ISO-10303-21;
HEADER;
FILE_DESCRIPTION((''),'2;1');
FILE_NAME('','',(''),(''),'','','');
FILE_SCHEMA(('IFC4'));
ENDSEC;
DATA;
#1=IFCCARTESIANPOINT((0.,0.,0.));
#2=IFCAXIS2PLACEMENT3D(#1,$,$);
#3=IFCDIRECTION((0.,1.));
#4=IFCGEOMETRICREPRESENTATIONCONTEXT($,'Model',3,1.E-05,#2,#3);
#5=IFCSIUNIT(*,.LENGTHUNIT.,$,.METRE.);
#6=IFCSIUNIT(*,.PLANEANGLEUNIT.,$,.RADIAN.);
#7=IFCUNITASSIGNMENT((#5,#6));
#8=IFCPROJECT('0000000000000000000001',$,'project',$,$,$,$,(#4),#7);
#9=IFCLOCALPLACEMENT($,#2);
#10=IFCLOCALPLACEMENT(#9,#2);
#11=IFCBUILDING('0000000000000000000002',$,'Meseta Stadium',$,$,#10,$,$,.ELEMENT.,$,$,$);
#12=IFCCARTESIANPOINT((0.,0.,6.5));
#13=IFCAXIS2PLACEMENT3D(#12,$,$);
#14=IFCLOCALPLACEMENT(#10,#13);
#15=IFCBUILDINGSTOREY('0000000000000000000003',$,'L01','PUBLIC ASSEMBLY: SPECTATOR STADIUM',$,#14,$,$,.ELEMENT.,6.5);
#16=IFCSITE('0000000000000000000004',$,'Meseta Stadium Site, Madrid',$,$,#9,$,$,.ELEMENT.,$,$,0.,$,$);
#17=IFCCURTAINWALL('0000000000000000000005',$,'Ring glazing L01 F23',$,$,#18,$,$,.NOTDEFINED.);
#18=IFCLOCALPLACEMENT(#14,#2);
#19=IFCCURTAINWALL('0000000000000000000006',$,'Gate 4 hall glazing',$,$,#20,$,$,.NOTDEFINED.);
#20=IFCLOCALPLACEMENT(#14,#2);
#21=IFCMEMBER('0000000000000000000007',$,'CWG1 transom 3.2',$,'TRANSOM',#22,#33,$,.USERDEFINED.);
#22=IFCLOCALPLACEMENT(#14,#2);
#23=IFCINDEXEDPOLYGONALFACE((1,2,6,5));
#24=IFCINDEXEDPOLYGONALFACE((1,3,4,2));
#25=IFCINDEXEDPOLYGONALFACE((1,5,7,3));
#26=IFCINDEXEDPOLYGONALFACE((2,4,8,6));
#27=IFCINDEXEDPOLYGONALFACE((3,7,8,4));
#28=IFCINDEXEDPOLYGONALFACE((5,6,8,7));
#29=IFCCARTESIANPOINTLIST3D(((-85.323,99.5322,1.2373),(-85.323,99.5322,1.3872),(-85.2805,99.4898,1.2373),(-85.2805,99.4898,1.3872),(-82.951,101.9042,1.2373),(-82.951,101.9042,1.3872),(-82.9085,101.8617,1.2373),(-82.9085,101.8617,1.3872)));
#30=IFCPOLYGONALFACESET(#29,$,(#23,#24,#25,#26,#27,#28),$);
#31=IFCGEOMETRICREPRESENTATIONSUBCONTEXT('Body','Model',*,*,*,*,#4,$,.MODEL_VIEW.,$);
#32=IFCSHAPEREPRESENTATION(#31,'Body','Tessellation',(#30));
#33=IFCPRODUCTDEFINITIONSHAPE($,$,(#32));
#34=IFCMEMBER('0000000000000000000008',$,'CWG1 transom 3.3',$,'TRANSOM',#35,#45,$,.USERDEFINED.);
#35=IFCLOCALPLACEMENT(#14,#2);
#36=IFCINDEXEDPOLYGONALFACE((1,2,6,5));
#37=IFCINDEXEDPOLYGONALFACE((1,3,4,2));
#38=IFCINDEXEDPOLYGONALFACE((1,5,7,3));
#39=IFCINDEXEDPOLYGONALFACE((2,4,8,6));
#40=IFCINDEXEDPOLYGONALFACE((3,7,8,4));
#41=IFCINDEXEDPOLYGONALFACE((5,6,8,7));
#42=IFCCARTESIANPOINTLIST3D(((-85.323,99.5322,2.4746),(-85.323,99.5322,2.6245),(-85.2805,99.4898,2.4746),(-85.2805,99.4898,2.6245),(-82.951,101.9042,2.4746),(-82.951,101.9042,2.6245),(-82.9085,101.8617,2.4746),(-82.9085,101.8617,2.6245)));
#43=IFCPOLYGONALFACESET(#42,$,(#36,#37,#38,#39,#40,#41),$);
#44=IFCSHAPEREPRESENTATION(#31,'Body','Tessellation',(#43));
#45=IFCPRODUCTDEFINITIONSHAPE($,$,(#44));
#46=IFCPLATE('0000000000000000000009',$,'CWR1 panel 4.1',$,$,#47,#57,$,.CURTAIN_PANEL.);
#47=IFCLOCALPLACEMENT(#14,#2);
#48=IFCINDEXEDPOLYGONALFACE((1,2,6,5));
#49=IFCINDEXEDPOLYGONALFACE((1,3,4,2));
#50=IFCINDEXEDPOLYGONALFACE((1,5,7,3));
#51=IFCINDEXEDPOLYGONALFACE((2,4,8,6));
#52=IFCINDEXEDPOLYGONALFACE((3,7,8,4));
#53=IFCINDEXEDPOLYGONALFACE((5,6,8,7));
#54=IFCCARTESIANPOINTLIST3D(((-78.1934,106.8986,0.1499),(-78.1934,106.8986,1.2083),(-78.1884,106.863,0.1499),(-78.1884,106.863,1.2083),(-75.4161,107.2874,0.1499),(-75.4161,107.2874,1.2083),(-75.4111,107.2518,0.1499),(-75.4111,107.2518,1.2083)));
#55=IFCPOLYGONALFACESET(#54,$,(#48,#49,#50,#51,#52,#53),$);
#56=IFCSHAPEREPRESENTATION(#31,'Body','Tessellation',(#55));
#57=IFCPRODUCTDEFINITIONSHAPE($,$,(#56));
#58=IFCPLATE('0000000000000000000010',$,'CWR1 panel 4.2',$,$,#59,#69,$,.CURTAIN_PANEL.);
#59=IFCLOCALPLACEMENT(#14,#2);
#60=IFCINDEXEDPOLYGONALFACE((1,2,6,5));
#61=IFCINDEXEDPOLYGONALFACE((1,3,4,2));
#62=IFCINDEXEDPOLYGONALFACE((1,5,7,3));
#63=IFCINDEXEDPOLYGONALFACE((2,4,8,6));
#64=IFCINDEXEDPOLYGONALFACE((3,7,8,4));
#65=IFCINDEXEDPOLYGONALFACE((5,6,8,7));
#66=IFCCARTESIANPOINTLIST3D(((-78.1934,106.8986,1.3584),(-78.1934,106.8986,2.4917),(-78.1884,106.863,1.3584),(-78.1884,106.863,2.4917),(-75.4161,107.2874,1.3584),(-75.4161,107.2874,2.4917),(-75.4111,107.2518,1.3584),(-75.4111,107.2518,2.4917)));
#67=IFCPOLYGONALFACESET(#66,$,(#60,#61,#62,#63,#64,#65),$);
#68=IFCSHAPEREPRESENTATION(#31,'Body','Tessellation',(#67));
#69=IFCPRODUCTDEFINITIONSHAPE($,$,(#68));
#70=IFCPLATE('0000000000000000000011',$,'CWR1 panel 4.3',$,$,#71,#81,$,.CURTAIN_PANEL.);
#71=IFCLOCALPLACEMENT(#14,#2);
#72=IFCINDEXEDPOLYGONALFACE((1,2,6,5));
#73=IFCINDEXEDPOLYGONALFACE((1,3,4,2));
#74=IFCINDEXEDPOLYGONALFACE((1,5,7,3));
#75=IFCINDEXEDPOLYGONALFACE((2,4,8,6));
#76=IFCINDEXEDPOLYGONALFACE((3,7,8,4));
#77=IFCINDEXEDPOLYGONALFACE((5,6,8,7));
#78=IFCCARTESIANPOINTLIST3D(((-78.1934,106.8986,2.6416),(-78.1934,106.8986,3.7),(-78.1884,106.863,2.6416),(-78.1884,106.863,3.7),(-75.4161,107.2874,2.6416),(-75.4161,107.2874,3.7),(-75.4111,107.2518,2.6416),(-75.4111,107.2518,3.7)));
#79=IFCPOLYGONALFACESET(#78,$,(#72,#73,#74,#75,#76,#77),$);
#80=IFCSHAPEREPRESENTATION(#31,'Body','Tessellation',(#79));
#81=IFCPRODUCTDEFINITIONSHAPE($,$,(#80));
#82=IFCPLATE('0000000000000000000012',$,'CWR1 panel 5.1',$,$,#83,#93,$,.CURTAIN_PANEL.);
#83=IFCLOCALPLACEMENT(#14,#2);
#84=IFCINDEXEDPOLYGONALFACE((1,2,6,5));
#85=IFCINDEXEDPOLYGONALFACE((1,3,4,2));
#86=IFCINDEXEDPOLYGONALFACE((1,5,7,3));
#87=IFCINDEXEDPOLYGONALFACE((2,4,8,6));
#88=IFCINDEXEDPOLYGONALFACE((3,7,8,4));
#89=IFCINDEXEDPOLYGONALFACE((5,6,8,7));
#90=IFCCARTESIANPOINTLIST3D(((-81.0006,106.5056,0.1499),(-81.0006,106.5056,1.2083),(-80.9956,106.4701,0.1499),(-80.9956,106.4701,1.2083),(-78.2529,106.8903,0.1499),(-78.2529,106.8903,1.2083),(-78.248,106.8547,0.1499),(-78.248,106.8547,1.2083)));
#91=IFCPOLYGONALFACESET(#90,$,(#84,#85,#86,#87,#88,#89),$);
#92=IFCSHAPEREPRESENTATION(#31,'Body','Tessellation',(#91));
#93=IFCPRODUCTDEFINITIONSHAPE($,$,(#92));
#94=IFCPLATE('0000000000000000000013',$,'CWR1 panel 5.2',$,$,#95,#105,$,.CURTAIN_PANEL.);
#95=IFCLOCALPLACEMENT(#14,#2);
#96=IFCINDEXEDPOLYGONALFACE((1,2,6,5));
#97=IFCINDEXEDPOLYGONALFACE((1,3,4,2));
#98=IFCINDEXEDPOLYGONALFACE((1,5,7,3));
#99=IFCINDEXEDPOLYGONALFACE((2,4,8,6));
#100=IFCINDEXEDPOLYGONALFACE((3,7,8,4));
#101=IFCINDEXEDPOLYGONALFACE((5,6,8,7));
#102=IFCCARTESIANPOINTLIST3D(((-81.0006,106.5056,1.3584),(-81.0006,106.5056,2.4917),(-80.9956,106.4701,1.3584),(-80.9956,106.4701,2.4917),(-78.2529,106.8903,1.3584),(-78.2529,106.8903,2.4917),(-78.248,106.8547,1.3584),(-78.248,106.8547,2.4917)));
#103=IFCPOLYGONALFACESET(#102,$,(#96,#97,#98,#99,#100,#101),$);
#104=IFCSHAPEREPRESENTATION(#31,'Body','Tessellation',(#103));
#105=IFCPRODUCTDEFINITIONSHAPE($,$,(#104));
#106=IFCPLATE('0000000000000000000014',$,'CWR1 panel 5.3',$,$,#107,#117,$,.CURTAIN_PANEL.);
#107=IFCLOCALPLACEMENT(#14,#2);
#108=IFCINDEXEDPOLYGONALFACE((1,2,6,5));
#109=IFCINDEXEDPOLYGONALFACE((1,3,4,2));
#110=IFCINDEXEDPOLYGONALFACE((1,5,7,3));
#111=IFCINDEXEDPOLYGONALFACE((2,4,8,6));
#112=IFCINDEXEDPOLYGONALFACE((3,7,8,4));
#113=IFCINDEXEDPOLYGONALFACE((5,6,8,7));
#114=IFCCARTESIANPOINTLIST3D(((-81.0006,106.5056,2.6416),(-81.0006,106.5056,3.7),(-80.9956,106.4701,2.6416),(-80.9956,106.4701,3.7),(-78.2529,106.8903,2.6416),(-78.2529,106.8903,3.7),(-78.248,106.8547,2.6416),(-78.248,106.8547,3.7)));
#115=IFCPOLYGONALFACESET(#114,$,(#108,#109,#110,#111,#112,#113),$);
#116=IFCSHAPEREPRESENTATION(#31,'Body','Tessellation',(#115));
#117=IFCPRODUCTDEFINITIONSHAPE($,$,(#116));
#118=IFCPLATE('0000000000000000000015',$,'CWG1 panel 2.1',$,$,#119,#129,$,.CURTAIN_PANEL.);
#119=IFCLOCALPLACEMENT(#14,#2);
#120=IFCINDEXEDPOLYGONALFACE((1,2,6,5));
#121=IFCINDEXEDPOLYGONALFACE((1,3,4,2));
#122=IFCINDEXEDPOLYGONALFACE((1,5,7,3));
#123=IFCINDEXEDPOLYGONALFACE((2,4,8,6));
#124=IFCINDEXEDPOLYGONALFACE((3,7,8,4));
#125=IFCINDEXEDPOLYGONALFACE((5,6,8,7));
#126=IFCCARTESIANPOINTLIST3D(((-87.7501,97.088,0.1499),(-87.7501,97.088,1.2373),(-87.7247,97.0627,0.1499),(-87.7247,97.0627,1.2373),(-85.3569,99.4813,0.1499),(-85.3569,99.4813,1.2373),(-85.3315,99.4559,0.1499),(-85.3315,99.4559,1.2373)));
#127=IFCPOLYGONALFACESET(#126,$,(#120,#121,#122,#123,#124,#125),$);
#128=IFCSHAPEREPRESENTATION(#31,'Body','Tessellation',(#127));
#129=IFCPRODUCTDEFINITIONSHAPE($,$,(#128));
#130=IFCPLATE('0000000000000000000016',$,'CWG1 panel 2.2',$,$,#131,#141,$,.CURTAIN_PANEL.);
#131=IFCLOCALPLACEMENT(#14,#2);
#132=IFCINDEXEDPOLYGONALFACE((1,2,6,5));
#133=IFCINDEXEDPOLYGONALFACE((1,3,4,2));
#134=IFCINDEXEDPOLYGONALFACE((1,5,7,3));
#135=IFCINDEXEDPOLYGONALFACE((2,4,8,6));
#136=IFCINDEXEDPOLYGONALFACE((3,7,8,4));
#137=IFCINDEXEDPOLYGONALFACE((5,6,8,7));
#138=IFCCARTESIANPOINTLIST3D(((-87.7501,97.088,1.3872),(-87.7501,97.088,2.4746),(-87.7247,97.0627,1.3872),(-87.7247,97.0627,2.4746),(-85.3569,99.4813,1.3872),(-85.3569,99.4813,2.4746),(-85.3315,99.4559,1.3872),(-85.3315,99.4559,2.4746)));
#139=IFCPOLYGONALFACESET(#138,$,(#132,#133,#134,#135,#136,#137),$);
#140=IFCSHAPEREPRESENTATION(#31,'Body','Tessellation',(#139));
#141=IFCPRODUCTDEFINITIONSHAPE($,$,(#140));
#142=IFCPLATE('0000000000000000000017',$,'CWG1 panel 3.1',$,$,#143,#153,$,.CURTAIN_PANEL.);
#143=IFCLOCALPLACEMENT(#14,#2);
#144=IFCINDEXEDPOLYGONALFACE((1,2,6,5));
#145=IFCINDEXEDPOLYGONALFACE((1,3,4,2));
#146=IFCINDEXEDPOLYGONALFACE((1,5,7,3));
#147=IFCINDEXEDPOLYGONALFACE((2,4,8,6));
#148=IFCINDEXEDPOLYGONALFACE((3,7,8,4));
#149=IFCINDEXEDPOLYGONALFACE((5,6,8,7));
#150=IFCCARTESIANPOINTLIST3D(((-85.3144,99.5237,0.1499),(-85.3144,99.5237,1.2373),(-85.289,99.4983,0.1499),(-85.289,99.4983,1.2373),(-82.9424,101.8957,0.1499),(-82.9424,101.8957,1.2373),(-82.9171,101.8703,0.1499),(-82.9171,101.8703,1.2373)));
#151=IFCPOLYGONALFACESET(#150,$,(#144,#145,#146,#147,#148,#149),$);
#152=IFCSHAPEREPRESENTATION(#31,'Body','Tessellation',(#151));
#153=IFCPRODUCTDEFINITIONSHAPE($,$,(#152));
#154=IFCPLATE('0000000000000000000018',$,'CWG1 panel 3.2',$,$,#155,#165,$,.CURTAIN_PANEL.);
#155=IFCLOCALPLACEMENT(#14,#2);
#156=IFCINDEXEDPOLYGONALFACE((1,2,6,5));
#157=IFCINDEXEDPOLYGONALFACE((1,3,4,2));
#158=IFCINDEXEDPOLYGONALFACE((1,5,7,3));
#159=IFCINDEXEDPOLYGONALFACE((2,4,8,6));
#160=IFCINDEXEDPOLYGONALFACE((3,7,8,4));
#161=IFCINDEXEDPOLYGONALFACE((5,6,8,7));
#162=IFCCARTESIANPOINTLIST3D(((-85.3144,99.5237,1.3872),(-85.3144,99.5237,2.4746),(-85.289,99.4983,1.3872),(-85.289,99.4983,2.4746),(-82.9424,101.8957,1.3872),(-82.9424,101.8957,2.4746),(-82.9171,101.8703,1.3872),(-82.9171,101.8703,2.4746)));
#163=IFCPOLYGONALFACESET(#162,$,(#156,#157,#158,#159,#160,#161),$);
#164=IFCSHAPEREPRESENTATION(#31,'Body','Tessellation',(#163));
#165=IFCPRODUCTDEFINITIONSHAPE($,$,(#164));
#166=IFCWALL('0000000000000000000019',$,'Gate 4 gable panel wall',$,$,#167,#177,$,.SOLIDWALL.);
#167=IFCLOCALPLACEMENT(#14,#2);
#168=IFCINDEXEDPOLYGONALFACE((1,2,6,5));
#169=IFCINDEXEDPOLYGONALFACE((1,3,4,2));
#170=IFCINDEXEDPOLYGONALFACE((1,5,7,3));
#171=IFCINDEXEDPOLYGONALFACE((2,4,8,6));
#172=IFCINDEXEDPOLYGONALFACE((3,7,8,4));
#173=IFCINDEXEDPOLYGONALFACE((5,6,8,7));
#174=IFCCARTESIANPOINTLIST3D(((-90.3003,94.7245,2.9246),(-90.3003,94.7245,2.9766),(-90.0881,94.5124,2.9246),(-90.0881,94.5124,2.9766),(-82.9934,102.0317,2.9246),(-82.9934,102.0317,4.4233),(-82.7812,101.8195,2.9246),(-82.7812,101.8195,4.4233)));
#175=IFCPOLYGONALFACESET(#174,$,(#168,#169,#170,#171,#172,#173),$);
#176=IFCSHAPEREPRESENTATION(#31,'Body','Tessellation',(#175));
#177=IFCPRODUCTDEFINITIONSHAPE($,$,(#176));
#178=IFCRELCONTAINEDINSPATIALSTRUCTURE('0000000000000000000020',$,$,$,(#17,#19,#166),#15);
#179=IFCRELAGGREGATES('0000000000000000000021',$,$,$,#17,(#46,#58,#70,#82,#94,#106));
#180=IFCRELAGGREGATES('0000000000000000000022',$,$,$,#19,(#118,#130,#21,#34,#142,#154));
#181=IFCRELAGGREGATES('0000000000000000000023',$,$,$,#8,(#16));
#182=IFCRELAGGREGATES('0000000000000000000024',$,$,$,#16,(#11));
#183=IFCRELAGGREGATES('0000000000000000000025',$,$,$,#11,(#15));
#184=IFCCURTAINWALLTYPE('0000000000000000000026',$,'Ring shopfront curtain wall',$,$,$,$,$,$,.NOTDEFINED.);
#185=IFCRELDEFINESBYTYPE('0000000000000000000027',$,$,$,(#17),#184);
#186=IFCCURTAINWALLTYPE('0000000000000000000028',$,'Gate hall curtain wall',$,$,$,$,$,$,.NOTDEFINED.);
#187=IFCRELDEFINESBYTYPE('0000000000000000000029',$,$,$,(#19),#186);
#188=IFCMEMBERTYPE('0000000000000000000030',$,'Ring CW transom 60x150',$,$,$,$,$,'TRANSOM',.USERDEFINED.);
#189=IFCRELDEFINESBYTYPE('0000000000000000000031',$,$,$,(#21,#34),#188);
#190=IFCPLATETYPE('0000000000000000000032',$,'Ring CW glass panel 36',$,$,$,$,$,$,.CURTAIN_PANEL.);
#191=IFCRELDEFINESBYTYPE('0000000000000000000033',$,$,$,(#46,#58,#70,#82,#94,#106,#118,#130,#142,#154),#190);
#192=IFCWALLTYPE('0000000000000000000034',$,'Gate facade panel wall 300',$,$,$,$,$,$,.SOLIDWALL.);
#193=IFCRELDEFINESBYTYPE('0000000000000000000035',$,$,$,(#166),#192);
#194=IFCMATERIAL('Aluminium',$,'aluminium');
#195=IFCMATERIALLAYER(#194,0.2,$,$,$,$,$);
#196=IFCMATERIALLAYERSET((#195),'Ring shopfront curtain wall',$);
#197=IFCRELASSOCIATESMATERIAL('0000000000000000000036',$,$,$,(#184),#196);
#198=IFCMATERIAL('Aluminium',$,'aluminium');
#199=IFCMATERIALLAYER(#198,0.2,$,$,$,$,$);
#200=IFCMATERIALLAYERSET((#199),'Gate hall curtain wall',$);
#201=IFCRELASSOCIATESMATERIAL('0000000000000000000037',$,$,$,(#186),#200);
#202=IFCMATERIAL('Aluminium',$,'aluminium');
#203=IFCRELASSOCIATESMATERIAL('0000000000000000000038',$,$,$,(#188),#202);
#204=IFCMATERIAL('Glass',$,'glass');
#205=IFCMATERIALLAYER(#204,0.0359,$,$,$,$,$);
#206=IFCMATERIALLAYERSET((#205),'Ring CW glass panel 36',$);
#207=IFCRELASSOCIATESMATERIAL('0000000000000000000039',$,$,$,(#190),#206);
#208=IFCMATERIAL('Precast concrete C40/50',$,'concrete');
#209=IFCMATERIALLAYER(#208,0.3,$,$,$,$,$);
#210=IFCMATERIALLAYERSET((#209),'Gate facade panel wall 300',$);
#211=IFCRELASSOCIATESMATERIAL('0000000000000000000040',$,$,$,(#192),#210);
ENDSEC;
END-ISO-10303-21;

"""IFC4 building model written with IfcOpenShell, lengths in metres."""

from ifc_helpers import new_model, si_unit, direction, frame, origin, origin_2d, place, context, subcontext, project, spatial, polyline, rectangle, outline, extrude, material, layer, layer_set, material_profile, profile_set, type_object, element, aggregate, save


model = new_model("IFC4")

# Units and contexts
model_context = context("Model", 3, precision=1e-05, world=origin(), true_north=direction((0.0, 1.0)))
body_context = subcontext(model_context, "Body", "Model", "MODEL_VIEW")
ifc_project = project(units=[si_unit("LENGTHUNIT", "METRE"), si_unit("PLANEANGLEUNIT", "RADIAN")], contexts=[model_context])

# Site, building, storey
site_placement = place(None, origin())
site = spatial("IfcSite", under=ifc_project, at=site_placement, Name="Meseta Stadium Site, Madrid", CompositionType="ELEMENT", RefElevation=0.0)
building_placement = place(site_placement, origin())
building = spatial("IfcBuilding", under=site, at=building_placement, Name="Meseta Stadium", CompositionType="ELEMENT")
storey_placement = place(building_placement, frame((0.0, 0.0, 6.5)))
storey = spatial("IfcBuildingStorey", under=building, at=storey_placement, Name="L01", Description="PUBLIC ASSEMBLY: SPECTATOR STADIUM", CompositionType="ELEMENT", Elevation=6.5)

# Curtain walls
ifc_material_1 = material(Name="Aluminium", Category="aluminium")
ifc_layer_1 = layer(ifc_material_1, 0.2)
ifc_layer_set_1 = layer_set([ifc_layer_1], Name="Ring shopfront curtain wall")
curtain_wall_type_1 = type_object("IfcCurtainWallType", Name="Ring shopfront curtain wall", PredefinedType="NOTDEFINED", material=ifc_layer_set_1)
curtain_wall_1_placement = place(storey_placement, origin())
curtain_wall_1 = element("IfcCurtainWall", 1, at=curtain_wall_1_placement, inside=storey, type_object=curtain_wall_type_1, Name="Ring glazing L01 F23", PredefinedType="NOTDEFINED")
ifc_material_2 = material(Name="Aluminium", Category="aluminium")
ifc_layer_2 = layer(ifc_material_2, 0.2)
ifc_layer_set_2 = layer_set([ifc_layer_2], Name="Gate hall curtain wall")
curtain_wall_type_2 = type_object("IfcCurtainWallType", Name="Gate hall curtain wall", PredefinedType="NOTDEFINED", material=ifc_layer_set_2)
curtain_wall_2_placement = place(storey_placement, origin())
curtain_wall_2 = element("IfcCurtainWall", 2, at=curtain_wall_2_placement, inside=storey, type_object=curtain_wall_type_2, Name="Gate 4 hall glazing", PredefinedType="NOTDEFINED")

# Members
ifc_material_3 = material(Name="Aluminium", Category="aluminium")
ifc_material_profile_1 = material_profile(ifc_material_3, rectangle(XDim=0.0601, YDim=0.1499, at=origin_2d()), Name="CW 60x150")
ifc_profile_set_1 = profile_set([ifc_material_profile_1], Name="Aluminium")
member_type_1 = type_object("IfcMemberType", Name="Ring CW transom 60x150", ElementType="TRANSOM", PredefinedType="USERDEFINED", material=ifc_profile_set_1)
member_1_placement = place(storey_placement, frame((-85.3018, 99.511, 1.3123), z_axis=(0.707107, 0.707107, 0.0), x_axis=(-0.707107, 0.707107, 0.0)))
member_1 = element("IfcMember", 3, at=member_1_placement, type_object=member_type_1, Name="CWG1 transom 3.2", ObjectType="TRANSOM", PredefinedType="USERDEFINED", context=body_context, shape_type="SweptSolid", body=[
    extrude(rectangle(XDim=0.0601, YDim=0.1499, at=origin_2d()), origin(), (0.0, 0.0, 1.0), 3.3545),
])
member_2_placement = place(storey_placement, frame((-85.3018, 99.511, 2.5496), z_axis=(0.707107, 0.707107, 0.0), x_axis=(-0.707107, 0.707107, 0.0)))
member_2 = element("IfcMember", 4, at=member_2_placement, type_object=member_type_1, Name="CWG1 transom 3.3", ObjectType="TRANSOM", PredefinedType="USERDEFINED", context=body_context, shape_type="SweptSolid", body=[
    extrude(rectangle(XDim=0.0601, YDim=0.1499, at=origin_2d()), origin(), (0.0, 0.0, 1.0), 3.3545),
])

# Plates
ifc_material_4 = material(Name="Glass", Category="glass")
ifc_layer_3 = layer(ifc_material_4, 0.0359)
ifc_layer_set_3 = layer_set([ifc_layer_3], Name="Ring CW glass panel 36")
plate_type = type_object("IfcPlateType", Name="Ring CW glass panel 36", PredefinedType="CURTAIN_PANEL", material=ifc_layer_set_3)
plate_1_placement = place(storey_placement, frame((-76.8022, 107.0752, 0.1499), z_axis=(0.0, 0.0, 1.0), x_axis=(-0.990342, -0.138643, 0.0)))
plate_1 = element("IfcPlate", 5, at=plate_1_placement, type_object=plate_type, Name="CWR1 panel 4.1", PredefinedType="CURTAIN_PANEL", context=body_context, shape_type="SweptSolid", body=[
    extrude(rectangle(XDim=2.8044, YDim=0.0359, at=origin_2d()), origin(), (0.0, 0.0, 1.0), 1.0583),
])
plate_2_placement = place(storey_placement, frame((-76.8022, 107.0752, 1.3584), z_axis=(0.0, 0.0, 1.0), x_axis=(-0.990342, -0.138643, 0.0)))
plate_2 = element("IfcPlate", 6, at=plate_2_placement, type_object=plate_type, Name="CWR1 panel 4.2", PredefinedType="CURTAIN_PANEL", context=body_context, shape_type="SweptSolid", body=[
    extrude(rectangle(XDim=2.8044, YDim=0.0359, at=origin_2d()), origin(), (0.0, 0.0, 1.0), 1.1333),
])
plate_3_placement = place(storey_placement, frame((-76.8022, 107.0752, 2.6416), z_axis=(0.0, 0.0, 1.0), x_axis=(-0.990342, -0.138643, 0.0)))
plate_3 = element("IfcPlate", 7, at=plate_3_placement, type_object=plate_type, Name="CWR1 panel 4.3", PredefinedType="CURTAIN_PANEL", context=body_context, shape_type="SweptSolid", body=[
    extrude(rectangle(XDim=2.8044, YDim=0.0359, at=origin_2d()), origin(), (0.0, 0.0, 1.0), 1.0583),
])
plate_4_placement = place(storey_placement, frame((-79.6243, 106.6802, 0.1499), z_axis=(0.0, 0.0, 1.0), x_axis=(-0.990342, -0.138643, 0.0)))
plate_4 = element("IfcPlate", 8, at=plate_4_placement, type_object=plate_type, Name="CWR1 panel 5.1", PredefinedType="CURTAIN_PANEL", context=body_context, shape_type="SweptSolid", body=[
    extrude(rectangle(XDim=2.7744, YDim=0.0359, at=origin_2d()), origin(), (0.0, 0.0, 1.0), 1.0583),
])
plate_5_placement = place(storey_placement, frame((-79.6243, 106.6802, 1.3584), z_axis=(0.0, 0.0, 1.0), x_axis=(-0.990342, -0.138643, 0.0)))
plate_5 = element("IfcPlate", 9, at=plate_5_placement, type_object=plate_type, Name="CWR1 panel 5.2", PredefinedType="CURTAIN_PANEL", context=body_context, shape_type="SweptSolid", body=[
    extrude(rectangle(XDim=2.7744, YDim=0.0359, at=origin_2d()), origin(), (0.0, 0.0, 1.0), 1.1333),
])
plate_6_placement = place(storey_placement, frame((-79.6243, 106.6802, 2.6416), z_axis=(0.0, 0.0, 1.0), x_axis=(-0.990342, -0.138643, 0.0)))
plate_6 = element("IfcPlate", 10, at=plate_6_placement, type_object=plate_type, Name="CWR1 panel 5.3", PredefinedType="CURTAIN_PANEL", context=body_context, shape_type="SweptSolid", body=[
    extrude(rectangle(XDim=2.7744, YDim=0.0359, at=origin_2d()), origin(), (0.0, 0.0, 1.0), 1.0583),
])
aggregate(curtain_wall_1, [plate_1, plate_2, plate_3, plate_4, plate_5, plate_6])
plate_7_placement = place(storey_placement, frame((-86.5408, 98.272, 0.1499), z_axis=(0.0, 0.0, 1.0), x_axis=(0.707102, 0.707112, 0.0)))
plate_7 = element("IfcPlate", 11, at=plate_7_placement, type_object=plate_type, Name="CWG1 panel 2.1", PredefinedType="CURTAIN_PANEL", context=body_context, shape_type="SweptSolid", body=[
    extrude(rectangle(XDim=3.3845, YDim=0.0359, at=origin_2d()), origin(), (0.0, 0.0, 1.0), 1.0874),
])
plate_8_placement = place(storey_placement, frame((-86.5408, 98.272, 1.3872), z_axis=(0.0, 0.0, 1.0), x_axis=(0.707102, 0.707112, 0.0)))
plate_8 = element("IfcPlate", 12, at=plate_8_placement, type_object=plate_type, Name="CWG1 panel 2.2", PredefinedType="CURTAIN_PANEL", context=body_context, shape_type="SweptSolid", body=[
    extrude(rectangle(XDim=3.3845, YDim=0.0359, at=origin_2d()), origin(), (0.0, 0.0, 1.0), 1.0874),
])
plate_9_placement = place(storey_placement, frame((-84.1157, 100.697, 0.1499), z_axis=(0.0, 0.0, 1.0), x_axis=(0.707102, 0.707112, 0.0)))
plate_9 = element("IfcPlate", 13, at=plate_9_placement, type_object=plate_type, Name="CWG1 panel 3.1", PredefinedType="CURTAIN_PANEL", context=body_context, shape_type="SweptSolid", body=[
    extrude(rectangle(XDim=3.3545, YDim=0.0359, at=origin_2d()), origin(), (0.0, 0.0, 1.0), 1.0874),
])
plate_10_placement = place(storey_placement, frame((-84.1157, 100.697, 1.3872), z_axis=(0.0, 0.0, 1.0), x_axis=(0.707102, 0.707112, 0.0)))
plate_10 = element("IfcPlate", 14, at=plate_10_placement, type_object=plate_type, Name="CWG1 panel 3.2", PredefinedType="CURTAIN_PANEL", context=body_context, shape_type="SweptSolid", body=[
    extrude(rectangle(XDim=3.3545, YDim=0.0359, at=origin_2d()), origin(), (0.0, 0.0, 1.0), 1.0874),
])
aggregate(curtain_wall_2, [plate_7, plate_8, member_1, member_2, plate_9, plate_10])

# Wall
ifc_material_5 = material(Name="Precast concrete C40/50", Category="concrete")
ifc_layer_4 = layer(ifc_material_5, 0.3)
ifc_layer_set_4 = layer_set([ifc_layer_4], Name="Gate facade panel wall 300")
wall_type = type_object("IfcWallType", Name="Gate facade panel wall 300", PredefinedType="SOLIDWALL", material=ifc_layer_set_4)
wall_placement = place(storey_placement, frame((-82.8872, 101.9255, 2.9246), z_axis=(0.0, 0.0, 1.0), x_axis=(-0.707095, -0.707119, 0.0)))
element("IfcWall", 15, at=wall_placement, inside=storey, type_object=wall_type, Name="Gate 4 gable panel wall", PredefinedType="SOLIDWALL", context=body_context, shape_type="SweptSolid", body=[
    extrude(outline(polyline([(0.0, 0.0), (10.3337, 0.0), (10.3337, 0.052), (0.0, 1.4988), (0.0, 0.0)])), frame((0.0, 0.1499, 0.0), z_axis=(0.0, -1.0, 0.0), x_axis=(1.0, 0.0, 0.0)), (0.0, 0.0, 1.0), 0.3),
])

save(model, "model.ifc")
